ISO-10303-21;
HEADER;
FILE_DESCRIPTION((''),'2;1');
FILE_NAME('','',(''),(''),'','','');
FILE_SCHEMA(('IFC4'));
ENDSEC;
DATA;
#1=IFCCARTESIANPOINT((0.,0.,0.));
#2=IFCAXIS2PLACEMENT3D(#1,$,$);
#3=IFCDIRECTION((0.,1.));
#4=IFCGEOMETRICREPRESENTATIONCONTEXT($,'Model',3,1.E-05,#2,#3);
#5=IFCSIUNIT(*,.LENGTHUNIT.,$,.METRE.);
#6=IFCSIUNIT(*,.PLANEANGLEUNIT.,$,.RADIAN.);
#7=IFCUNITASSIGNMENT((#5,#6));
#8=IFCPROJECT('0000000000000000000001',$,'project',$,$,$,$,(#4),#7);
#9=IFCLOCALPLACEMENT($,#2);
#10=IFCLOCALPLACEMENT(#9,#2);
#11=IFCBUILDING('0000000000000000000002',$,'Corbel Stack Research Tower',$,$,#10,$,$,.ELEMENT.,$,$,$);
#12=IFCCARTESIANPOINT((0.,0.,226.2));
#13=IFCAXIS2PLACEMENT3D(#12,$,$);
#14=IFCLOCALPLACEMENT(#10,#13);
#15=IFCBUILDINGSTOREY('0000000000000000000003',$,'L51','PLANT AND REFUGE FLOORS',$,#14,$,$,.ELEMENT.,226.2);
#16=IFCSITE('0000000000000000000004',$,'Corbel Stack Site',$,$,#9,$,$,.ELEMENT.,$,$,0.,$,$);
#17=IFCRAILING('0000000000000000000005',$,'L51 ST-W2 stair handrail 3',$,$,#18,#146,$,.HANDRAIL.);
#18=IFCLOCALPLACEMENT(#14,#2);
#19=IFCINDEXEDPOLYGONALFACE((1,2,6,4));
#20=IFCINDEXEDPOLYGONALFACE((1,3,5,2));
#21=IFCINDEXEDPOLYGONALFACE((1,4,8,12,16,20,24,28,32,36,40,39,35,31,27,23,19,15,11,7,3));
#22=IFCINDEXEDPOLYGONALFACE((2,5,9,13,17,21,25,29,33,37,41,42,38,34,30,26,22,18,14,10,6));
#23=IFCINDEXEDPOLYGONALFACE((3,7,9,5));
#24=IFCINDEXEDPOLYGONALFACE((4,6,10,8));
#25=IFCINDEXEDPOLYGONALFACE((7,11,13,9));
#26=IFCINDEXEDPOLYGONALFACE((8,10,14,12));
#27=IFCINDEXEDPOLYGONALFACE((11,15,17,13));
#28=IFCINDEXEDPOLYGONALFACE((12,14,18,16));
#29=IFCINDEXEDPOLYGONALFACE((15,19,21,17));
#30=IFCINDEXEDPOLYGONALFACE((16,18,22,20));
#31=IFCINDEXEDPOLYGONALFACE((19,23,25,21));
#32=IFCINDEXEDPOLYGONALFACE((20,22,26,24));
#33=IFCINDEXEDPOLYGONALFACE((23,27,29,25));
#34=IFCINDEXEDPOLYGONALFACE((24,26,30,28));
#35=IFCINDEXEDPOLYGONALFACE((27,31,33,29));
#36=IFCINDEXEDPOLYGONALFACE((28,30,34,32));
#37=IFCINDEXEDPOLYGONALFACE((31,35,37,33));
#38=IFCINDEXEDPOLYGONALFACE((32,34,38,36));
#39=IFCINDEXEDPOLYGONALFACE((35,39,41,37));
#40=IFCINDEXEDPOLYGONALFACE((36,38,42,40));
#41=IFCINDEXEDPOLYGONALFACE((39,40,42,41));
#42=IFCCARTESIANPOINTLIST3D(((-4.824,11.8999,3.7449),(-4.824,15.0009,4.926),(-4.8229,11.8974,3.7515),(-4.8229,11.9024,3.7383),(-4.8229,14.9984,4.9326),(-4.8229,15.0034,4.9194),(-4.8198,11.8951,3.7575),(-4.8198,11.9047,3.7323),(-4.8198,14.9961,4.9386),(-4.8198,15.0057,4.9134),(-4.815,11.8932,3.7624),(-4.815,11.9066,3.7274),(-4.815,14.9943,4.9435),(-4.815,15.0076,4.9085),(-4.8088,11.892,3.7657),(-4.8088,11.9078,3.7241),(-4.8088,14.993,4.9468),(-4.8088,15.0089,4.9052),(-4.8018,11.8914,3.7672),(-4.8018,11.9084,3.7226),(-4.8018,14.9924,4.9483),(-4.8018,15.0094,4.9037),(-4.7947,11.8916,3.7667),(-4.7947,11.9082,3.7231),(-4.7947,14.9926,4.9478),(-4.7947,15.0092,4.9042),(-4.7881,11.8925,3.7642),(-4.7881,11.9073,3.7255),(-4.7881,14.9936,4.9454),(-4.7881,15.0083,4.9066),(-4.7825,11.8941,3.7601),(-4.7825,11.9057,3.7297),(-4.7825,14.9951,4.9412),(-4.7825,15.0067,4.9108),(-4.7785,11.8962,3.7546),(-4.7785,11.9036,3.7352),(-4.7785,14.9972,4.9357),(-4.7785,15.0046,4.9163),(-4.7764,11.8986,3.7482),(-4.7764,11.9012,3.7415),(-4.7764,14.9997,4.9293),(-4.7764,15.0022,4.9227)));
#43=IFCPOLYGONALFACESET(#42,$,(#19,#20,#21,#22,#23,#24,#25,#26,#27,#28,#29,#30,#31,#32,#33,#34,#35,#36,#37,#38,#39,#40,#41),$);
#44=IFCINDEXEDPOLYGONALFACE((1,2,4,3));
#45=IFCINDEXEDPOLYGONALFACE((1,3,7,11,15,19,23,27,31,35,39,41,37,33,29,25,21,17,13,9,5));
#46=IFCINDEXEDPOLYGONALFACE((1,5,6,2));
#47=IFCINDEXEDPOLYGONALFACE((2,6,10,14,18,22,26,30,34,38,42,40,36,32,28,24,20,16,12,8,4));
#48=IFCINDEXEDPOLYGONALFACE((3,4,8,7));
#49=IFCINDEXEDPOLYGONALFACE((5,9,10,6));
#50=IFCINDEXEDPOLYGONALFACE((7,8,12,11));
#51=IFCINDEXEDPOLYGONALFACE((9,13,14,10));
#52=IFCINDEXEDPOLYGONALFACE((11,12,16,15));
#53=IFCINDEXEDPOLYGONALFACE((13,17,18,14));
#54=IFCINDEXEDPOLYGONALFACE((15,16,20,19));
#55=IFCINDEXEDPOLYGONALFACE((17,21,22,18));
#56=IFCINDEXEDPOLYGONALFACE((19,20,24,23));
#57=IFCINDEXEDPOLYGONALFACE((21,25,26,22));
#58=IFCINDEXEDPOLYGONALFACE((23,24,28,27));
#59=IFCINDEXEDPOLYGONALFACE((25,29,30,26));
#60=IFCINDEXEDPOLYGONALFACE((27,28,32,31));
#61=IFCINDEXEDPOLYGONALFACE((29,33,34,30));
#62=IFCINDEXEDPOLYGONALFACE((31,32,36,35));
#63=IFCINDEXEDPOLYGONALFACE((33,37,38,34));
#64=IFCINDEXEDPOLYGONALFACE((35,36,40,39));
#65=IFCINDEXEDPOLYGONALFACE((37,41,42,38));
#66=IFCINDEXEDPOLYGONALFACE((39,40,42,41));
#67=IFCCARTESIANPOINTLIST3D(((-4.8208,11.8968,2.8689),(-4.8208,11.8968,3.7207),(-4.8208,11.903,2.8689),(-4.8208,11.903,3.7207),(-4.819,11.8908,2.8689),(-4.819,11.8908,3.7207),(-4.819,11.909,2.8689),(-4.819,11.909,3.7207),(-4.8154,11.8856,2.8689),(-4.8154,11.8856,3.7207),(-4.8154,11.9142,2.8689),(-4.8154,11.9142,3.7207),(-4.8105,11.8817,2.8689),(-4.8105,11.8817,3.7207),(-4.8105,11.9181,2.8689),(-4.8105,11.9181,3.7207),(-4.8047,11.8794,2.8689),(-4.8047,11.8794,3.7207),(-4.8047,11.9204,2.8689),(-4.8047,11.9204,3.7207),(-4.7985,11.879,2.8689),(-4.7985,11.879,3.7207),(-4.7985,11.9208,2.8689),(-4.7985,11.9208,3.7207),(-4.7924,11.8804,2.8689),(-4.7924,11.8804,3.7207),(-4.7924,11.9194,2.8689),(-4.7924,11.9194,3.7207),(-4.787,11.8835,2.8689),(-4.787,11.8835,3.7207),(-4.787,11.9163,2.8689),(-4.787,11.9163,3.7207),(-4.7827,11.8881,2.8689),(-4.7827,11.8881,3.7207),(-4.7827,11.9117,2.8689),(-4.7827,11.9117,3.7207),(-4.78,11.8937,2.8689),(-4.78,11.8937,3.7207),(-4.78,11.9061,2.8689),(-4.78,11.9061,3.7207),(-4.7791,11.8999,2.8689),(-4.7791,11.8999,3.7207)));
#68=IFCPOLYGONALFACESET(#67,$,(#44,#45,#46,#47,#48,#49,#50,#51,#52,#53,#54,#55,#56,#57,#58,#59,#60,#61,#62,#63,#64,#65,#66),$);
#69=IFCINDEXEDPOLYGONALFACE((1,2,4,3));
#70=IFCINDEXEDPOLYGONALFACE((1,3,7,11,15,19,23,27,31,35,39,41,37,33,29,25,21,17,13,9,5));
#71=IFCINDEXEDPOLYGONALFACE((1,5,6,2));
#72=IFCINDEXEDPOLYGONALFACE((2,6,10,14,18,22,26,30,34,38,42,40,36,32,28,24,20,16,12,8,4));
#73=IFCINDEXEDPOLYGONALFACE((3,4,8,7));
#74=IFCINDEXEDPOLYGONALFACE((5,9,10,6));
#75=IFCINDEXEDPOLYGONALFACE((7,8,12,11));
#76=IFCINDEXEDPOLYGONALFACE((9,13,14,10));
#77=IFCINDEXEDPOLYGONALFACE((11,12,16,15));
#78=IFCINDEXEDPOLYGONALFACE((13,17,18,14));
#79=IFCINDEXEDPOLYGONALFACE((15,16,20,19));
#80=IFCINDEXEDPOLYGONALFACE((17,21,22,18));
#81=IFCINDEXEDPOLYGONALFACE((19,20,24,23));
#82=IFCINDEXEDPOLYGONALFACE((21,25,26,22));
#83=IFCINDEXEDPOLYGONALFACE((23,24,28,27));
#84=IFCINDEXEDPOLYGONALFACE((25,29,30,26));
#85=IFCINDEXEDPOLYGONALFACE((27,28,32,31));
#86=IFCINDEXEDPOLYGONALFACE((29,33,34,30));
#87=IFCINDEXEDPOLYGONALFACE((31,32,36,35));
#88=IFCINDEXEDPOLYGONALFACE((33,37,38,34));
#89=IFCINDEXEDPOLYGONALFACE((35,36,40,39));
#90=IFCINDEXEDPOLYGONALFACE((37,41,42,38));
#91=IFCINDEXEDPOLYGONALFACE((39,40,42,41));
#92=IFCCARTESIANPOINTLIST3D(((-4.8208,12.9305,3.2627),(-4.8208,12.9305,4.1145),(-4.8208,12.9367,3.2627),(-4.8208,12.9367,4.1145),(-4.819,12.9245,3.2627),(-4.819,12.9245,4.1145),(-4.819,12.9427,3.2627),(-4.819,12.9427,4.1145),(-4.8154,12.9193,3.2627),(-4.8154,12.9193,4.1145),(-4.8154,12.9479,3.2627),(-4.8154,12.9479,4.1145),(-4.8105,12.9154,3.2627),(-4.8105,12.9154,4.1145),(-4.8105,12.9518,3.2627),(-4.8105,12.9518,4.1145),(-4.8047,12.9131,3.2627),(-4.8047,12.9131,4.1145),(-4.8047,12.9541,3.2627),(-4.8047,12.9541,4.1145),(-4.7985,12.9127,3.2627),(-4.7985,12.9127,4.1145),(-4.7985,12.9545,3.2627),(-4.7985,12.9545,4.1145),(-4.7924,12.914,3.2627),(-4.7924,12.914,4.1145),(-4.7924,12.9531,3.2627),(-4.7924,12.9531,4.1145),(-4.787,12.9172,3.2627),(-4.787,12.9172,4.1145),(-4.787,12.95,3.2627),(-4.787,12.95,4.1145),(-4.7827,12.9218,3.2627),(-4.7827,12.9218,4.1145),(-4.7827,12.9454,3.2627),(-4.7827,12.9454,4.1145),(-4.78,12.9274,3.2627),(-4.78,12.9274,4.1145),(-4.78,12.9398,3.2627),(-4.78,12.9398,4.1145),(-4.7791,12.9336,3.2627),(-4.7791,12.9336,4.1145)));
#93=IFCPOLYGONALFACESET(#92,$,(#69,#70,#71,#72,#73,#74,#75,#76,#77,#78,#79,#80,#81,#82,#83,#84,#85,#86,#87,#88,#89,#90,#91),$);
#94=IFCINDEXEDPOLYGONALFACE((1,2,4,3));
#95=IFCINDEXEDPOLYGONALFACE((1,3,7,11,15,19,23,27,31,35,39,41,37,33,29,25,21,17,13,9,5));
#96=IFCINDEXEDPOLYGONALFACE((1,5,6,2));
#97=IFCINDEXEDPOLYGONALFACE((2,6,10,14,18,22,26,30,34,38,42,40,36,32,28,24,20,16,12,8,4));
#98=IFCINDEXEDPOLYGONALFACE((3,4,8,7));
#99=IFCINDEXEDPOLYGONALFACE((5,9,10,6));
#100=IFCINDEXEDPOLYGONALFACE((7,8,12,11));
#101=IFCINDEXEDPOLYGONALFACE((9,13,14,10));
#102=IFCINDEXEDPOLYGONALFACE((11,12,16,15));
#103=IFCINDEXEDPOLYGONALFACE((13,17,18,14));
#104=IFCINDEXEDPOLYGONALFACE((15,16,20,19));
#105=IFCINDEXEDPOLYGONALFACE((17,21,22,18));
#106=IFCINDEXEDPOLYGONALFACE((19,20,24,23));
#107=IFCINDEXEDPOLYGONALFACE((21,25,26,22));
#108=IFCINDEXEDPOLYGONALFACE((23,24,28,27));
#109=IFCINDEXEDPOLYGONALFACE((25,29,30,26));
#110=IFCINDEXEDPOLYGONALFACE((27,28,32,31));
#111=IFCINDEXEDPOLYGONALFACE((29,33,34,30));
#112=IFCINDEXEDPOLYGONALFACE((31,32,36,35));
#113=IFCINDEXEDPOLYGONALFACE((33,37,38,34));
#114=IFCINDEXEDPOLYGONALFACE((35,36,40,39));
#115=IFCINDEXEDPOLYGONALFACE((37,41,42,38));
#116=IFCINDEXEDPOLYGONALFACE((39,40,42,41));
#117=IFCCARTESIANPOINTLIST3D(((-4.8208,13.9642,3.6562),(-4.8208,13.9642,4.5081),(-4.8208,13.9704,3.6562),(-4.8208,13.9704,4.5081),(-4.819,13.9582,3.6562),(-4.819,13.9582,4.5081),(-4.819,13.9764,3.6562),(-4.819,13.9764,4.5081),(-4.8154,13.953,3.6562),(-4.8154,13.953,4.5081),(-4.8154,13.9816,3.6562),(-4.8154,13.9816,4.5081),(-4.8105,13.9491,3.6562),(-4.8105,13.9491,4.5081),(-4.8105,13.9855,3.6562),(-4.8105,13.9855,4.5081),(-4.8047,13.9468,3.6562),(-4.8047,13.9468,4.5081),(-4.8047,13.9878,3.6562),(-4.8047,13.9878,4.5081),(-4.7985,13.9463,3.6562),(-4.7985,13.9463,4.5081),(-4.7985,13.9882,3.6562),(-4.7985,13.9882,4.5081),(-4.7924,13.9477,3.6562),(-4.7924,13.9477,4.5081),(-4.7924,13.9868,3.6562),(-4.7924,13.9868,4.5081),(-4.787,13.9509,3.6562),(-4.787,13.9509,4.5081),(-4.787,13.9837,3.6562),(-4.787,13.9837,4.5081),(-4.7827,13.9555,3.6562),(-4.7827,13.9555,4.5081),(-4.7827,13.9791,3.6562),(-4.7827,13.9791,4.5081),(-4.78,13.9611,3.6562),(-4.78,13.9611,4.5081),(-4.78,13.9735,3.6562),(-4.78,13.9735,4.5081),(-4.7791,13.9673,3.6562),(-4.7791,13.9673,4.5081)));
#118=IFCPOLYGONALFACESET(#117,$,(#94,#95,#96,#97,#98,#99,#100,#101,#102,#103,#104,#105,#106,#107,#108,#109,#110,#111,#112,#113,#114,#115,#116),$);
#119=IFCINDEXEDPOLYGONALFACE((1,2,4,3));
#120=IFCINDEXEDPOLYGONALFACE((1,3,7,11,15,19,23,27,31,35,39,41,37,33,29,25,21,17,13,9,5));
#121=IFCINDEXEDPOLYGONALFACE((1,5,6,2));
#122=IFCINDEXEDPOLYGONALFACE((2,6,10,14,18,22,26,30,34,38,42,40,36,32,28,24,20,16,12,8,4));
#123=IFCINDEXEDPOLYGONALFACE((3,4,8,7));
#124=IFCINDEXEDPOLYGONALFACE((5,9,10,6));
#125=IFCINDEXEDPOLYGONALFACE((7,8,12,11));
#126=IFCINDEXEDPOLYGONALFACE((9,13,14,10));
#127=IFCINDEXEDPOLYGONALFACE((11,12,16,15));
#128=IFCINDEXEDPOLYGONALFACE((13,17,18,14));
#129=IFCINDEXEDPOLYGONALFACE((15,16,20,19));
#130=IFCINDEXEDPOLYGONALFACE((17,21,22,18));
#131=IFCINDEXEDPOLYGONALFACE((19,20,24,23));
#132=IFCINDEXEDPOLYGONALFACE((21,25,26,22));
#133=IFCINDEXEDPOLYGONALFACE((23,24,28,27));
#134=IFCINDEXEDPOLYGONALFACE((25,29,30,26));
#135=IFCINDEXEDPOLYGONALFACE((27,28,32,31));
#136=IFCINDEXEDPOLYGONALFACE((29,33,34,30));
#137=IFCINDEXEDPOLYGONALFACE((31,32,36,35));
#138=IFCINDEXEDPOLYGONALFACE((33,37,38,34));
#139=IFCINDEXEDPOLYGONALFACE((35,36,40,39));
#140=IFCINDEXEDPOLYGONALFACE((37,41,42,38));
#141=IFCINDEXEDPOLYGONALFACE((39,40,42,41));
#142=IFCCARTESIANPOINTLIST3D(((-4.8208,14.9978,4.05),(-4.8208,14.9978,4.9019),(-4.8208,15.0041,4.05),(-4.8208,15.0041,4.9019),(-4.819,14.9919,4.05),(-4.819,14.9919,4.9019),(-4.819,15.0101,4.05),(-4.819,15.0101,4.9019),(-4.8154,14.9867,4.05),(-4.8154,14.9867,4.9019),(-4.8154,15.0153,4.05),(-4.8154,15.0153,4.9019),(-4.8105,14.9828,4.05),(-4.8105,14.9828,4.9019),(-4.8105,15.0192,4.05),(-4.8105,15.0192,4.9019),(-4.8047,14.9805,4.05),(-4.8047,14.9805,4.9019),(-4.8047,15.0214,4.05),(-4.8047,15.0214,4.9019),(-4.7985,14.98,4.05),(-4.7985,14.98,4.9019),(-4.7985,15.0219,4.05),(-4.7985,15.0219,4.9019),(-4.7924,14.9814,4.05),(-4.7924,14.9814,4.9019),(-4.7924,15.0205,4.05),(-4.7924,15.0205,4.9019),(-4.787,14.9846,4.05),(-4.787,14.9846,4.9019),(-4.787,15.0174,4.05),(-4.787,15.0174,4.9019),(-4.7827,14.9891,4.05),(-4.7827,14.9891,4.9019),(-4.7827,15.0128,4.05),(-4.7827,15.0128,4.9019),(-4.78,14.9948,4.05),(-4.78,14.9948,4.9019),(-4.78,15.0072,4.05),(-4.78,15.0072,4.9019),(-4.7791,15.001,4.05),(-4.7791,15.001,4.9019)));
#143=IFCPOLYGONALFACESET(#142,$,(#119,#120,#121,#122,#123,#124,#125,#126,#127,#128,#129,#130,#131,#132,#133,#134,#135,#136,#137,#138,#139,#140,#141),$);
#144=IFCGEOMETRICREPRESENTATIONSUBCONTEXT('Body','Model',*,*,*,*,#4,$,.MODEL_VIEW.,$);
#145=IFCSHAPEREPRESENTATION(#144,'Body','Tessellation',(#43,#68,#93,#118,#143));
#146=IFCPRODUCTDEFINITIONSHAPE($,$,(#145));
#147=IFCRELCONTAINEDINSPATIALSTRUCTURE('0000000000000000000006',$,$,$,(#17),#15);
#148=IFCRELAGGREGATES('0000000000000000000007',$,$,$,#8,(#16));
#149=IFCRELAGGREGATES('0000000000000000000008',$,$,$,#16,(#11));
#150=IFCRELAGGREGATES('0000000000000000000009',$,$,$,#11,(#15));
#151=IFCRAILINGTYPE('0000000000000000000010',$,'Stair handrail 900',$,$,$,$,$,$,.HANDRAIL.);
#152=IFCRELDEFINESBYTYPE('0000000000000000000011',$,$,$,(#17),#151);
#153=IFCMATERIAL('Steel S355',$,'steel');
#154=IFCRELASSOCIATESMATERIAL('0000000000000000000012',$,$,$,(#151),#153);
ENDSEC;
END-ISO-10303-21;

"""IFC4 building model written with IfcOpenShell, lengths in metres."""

from ifc_helpers import new_model, si_unit, direction, frame, origin, origin_2d, place, context, subcontext, project, spatial, circle, extrude, material, type_object, element, save


model = new_model("IFC4")

# Units and contexts
model_context = context("Model", 3, precision=1e-05, world=origin(), true_north=direction((0.0, 1.0)))
body_context = subcontext(model_context, "Body", "Model", "MODEL_VIEW")
ifc_project = project(units=[si_unit("LENGTHUNIT", "METRE"), si_unit("PLANEANGLEUNIT", "RADIAN")], contexts=[model_context])

# Site, building, storey
site_placement = place(None, origin())
site = spatial("IfcSite", under=ifc_project, at=site_placement, Name="Corbel Stack Site", CompositionType="ELEMENT", RefElevation=0.0)
building_placement = place(site_placement, origin())
building = spatial("IfcBuilding", under=site, at=building_placement, Name="Corbel Stack Research Tower", CompositionType="ELEMENT")
storey_placement = place(building_placement, frame((0.0, 0.0, 226.2)))
storey = spatial("IfcBuildingStorey", under=building, at=storey_placement, Name="L51", Description="PLANT AND REFUGE FLOORS", CompositionType="ELEMENT", Elevation=226.2)

# Railing
ifc_material_1 = material(Name="Steel S355", Category="steel")
railing_type_1 = type_object("IfcRailingType", Name="Stair handrail 900", PredefinedType="HANDRAIL", material=ifc_material_1)
railing_1_placement = place(storey_placement, frame((-4.8, 11.8999, 2.8689)))
element("IfcRailing", 1, at=railing_1_placement, inside=storey, type_object=railing_type_1, Name="L51 ST-W2 stair handrail 3", PredefinedType="HANDRAIL", context=body_context, shape_type="SweptSolid", body=[
    extrude(circle(Radius=0.0239, at=origin_2d()), frame((0.0, 0.0, 0.876), z_axis=(0.0, 0.934509, 0.35594), x_axis=(-1.0, 0.0, 0.0)), (0.0, 0.0, 1.0), 3.3184),
    extrude(circle(Radius=0.021, at=origin_2d()), origin(), (0.0, 0.0, 1.0), 0.8518),
    extrude(circle(Radius=0.021, at=origin_2d()), frame((0.0, 1.0337, 0.3938)), (0.0, 0.0, 1.0), 0.8518),
    extrude(circle(Radius=0.021, at=origin_2d()), frame((0.0, 2.0674, 0.7874)), (0.0, 0.0, 1.0), 0.8518),
    extrude(circle(Radius=0.021, at=origin_2d()), frame((0.0, 3.1011, 1.1812)), (0.0, 0.0, 1.0), 0.8518),
])

save(model, "model.ifc")
